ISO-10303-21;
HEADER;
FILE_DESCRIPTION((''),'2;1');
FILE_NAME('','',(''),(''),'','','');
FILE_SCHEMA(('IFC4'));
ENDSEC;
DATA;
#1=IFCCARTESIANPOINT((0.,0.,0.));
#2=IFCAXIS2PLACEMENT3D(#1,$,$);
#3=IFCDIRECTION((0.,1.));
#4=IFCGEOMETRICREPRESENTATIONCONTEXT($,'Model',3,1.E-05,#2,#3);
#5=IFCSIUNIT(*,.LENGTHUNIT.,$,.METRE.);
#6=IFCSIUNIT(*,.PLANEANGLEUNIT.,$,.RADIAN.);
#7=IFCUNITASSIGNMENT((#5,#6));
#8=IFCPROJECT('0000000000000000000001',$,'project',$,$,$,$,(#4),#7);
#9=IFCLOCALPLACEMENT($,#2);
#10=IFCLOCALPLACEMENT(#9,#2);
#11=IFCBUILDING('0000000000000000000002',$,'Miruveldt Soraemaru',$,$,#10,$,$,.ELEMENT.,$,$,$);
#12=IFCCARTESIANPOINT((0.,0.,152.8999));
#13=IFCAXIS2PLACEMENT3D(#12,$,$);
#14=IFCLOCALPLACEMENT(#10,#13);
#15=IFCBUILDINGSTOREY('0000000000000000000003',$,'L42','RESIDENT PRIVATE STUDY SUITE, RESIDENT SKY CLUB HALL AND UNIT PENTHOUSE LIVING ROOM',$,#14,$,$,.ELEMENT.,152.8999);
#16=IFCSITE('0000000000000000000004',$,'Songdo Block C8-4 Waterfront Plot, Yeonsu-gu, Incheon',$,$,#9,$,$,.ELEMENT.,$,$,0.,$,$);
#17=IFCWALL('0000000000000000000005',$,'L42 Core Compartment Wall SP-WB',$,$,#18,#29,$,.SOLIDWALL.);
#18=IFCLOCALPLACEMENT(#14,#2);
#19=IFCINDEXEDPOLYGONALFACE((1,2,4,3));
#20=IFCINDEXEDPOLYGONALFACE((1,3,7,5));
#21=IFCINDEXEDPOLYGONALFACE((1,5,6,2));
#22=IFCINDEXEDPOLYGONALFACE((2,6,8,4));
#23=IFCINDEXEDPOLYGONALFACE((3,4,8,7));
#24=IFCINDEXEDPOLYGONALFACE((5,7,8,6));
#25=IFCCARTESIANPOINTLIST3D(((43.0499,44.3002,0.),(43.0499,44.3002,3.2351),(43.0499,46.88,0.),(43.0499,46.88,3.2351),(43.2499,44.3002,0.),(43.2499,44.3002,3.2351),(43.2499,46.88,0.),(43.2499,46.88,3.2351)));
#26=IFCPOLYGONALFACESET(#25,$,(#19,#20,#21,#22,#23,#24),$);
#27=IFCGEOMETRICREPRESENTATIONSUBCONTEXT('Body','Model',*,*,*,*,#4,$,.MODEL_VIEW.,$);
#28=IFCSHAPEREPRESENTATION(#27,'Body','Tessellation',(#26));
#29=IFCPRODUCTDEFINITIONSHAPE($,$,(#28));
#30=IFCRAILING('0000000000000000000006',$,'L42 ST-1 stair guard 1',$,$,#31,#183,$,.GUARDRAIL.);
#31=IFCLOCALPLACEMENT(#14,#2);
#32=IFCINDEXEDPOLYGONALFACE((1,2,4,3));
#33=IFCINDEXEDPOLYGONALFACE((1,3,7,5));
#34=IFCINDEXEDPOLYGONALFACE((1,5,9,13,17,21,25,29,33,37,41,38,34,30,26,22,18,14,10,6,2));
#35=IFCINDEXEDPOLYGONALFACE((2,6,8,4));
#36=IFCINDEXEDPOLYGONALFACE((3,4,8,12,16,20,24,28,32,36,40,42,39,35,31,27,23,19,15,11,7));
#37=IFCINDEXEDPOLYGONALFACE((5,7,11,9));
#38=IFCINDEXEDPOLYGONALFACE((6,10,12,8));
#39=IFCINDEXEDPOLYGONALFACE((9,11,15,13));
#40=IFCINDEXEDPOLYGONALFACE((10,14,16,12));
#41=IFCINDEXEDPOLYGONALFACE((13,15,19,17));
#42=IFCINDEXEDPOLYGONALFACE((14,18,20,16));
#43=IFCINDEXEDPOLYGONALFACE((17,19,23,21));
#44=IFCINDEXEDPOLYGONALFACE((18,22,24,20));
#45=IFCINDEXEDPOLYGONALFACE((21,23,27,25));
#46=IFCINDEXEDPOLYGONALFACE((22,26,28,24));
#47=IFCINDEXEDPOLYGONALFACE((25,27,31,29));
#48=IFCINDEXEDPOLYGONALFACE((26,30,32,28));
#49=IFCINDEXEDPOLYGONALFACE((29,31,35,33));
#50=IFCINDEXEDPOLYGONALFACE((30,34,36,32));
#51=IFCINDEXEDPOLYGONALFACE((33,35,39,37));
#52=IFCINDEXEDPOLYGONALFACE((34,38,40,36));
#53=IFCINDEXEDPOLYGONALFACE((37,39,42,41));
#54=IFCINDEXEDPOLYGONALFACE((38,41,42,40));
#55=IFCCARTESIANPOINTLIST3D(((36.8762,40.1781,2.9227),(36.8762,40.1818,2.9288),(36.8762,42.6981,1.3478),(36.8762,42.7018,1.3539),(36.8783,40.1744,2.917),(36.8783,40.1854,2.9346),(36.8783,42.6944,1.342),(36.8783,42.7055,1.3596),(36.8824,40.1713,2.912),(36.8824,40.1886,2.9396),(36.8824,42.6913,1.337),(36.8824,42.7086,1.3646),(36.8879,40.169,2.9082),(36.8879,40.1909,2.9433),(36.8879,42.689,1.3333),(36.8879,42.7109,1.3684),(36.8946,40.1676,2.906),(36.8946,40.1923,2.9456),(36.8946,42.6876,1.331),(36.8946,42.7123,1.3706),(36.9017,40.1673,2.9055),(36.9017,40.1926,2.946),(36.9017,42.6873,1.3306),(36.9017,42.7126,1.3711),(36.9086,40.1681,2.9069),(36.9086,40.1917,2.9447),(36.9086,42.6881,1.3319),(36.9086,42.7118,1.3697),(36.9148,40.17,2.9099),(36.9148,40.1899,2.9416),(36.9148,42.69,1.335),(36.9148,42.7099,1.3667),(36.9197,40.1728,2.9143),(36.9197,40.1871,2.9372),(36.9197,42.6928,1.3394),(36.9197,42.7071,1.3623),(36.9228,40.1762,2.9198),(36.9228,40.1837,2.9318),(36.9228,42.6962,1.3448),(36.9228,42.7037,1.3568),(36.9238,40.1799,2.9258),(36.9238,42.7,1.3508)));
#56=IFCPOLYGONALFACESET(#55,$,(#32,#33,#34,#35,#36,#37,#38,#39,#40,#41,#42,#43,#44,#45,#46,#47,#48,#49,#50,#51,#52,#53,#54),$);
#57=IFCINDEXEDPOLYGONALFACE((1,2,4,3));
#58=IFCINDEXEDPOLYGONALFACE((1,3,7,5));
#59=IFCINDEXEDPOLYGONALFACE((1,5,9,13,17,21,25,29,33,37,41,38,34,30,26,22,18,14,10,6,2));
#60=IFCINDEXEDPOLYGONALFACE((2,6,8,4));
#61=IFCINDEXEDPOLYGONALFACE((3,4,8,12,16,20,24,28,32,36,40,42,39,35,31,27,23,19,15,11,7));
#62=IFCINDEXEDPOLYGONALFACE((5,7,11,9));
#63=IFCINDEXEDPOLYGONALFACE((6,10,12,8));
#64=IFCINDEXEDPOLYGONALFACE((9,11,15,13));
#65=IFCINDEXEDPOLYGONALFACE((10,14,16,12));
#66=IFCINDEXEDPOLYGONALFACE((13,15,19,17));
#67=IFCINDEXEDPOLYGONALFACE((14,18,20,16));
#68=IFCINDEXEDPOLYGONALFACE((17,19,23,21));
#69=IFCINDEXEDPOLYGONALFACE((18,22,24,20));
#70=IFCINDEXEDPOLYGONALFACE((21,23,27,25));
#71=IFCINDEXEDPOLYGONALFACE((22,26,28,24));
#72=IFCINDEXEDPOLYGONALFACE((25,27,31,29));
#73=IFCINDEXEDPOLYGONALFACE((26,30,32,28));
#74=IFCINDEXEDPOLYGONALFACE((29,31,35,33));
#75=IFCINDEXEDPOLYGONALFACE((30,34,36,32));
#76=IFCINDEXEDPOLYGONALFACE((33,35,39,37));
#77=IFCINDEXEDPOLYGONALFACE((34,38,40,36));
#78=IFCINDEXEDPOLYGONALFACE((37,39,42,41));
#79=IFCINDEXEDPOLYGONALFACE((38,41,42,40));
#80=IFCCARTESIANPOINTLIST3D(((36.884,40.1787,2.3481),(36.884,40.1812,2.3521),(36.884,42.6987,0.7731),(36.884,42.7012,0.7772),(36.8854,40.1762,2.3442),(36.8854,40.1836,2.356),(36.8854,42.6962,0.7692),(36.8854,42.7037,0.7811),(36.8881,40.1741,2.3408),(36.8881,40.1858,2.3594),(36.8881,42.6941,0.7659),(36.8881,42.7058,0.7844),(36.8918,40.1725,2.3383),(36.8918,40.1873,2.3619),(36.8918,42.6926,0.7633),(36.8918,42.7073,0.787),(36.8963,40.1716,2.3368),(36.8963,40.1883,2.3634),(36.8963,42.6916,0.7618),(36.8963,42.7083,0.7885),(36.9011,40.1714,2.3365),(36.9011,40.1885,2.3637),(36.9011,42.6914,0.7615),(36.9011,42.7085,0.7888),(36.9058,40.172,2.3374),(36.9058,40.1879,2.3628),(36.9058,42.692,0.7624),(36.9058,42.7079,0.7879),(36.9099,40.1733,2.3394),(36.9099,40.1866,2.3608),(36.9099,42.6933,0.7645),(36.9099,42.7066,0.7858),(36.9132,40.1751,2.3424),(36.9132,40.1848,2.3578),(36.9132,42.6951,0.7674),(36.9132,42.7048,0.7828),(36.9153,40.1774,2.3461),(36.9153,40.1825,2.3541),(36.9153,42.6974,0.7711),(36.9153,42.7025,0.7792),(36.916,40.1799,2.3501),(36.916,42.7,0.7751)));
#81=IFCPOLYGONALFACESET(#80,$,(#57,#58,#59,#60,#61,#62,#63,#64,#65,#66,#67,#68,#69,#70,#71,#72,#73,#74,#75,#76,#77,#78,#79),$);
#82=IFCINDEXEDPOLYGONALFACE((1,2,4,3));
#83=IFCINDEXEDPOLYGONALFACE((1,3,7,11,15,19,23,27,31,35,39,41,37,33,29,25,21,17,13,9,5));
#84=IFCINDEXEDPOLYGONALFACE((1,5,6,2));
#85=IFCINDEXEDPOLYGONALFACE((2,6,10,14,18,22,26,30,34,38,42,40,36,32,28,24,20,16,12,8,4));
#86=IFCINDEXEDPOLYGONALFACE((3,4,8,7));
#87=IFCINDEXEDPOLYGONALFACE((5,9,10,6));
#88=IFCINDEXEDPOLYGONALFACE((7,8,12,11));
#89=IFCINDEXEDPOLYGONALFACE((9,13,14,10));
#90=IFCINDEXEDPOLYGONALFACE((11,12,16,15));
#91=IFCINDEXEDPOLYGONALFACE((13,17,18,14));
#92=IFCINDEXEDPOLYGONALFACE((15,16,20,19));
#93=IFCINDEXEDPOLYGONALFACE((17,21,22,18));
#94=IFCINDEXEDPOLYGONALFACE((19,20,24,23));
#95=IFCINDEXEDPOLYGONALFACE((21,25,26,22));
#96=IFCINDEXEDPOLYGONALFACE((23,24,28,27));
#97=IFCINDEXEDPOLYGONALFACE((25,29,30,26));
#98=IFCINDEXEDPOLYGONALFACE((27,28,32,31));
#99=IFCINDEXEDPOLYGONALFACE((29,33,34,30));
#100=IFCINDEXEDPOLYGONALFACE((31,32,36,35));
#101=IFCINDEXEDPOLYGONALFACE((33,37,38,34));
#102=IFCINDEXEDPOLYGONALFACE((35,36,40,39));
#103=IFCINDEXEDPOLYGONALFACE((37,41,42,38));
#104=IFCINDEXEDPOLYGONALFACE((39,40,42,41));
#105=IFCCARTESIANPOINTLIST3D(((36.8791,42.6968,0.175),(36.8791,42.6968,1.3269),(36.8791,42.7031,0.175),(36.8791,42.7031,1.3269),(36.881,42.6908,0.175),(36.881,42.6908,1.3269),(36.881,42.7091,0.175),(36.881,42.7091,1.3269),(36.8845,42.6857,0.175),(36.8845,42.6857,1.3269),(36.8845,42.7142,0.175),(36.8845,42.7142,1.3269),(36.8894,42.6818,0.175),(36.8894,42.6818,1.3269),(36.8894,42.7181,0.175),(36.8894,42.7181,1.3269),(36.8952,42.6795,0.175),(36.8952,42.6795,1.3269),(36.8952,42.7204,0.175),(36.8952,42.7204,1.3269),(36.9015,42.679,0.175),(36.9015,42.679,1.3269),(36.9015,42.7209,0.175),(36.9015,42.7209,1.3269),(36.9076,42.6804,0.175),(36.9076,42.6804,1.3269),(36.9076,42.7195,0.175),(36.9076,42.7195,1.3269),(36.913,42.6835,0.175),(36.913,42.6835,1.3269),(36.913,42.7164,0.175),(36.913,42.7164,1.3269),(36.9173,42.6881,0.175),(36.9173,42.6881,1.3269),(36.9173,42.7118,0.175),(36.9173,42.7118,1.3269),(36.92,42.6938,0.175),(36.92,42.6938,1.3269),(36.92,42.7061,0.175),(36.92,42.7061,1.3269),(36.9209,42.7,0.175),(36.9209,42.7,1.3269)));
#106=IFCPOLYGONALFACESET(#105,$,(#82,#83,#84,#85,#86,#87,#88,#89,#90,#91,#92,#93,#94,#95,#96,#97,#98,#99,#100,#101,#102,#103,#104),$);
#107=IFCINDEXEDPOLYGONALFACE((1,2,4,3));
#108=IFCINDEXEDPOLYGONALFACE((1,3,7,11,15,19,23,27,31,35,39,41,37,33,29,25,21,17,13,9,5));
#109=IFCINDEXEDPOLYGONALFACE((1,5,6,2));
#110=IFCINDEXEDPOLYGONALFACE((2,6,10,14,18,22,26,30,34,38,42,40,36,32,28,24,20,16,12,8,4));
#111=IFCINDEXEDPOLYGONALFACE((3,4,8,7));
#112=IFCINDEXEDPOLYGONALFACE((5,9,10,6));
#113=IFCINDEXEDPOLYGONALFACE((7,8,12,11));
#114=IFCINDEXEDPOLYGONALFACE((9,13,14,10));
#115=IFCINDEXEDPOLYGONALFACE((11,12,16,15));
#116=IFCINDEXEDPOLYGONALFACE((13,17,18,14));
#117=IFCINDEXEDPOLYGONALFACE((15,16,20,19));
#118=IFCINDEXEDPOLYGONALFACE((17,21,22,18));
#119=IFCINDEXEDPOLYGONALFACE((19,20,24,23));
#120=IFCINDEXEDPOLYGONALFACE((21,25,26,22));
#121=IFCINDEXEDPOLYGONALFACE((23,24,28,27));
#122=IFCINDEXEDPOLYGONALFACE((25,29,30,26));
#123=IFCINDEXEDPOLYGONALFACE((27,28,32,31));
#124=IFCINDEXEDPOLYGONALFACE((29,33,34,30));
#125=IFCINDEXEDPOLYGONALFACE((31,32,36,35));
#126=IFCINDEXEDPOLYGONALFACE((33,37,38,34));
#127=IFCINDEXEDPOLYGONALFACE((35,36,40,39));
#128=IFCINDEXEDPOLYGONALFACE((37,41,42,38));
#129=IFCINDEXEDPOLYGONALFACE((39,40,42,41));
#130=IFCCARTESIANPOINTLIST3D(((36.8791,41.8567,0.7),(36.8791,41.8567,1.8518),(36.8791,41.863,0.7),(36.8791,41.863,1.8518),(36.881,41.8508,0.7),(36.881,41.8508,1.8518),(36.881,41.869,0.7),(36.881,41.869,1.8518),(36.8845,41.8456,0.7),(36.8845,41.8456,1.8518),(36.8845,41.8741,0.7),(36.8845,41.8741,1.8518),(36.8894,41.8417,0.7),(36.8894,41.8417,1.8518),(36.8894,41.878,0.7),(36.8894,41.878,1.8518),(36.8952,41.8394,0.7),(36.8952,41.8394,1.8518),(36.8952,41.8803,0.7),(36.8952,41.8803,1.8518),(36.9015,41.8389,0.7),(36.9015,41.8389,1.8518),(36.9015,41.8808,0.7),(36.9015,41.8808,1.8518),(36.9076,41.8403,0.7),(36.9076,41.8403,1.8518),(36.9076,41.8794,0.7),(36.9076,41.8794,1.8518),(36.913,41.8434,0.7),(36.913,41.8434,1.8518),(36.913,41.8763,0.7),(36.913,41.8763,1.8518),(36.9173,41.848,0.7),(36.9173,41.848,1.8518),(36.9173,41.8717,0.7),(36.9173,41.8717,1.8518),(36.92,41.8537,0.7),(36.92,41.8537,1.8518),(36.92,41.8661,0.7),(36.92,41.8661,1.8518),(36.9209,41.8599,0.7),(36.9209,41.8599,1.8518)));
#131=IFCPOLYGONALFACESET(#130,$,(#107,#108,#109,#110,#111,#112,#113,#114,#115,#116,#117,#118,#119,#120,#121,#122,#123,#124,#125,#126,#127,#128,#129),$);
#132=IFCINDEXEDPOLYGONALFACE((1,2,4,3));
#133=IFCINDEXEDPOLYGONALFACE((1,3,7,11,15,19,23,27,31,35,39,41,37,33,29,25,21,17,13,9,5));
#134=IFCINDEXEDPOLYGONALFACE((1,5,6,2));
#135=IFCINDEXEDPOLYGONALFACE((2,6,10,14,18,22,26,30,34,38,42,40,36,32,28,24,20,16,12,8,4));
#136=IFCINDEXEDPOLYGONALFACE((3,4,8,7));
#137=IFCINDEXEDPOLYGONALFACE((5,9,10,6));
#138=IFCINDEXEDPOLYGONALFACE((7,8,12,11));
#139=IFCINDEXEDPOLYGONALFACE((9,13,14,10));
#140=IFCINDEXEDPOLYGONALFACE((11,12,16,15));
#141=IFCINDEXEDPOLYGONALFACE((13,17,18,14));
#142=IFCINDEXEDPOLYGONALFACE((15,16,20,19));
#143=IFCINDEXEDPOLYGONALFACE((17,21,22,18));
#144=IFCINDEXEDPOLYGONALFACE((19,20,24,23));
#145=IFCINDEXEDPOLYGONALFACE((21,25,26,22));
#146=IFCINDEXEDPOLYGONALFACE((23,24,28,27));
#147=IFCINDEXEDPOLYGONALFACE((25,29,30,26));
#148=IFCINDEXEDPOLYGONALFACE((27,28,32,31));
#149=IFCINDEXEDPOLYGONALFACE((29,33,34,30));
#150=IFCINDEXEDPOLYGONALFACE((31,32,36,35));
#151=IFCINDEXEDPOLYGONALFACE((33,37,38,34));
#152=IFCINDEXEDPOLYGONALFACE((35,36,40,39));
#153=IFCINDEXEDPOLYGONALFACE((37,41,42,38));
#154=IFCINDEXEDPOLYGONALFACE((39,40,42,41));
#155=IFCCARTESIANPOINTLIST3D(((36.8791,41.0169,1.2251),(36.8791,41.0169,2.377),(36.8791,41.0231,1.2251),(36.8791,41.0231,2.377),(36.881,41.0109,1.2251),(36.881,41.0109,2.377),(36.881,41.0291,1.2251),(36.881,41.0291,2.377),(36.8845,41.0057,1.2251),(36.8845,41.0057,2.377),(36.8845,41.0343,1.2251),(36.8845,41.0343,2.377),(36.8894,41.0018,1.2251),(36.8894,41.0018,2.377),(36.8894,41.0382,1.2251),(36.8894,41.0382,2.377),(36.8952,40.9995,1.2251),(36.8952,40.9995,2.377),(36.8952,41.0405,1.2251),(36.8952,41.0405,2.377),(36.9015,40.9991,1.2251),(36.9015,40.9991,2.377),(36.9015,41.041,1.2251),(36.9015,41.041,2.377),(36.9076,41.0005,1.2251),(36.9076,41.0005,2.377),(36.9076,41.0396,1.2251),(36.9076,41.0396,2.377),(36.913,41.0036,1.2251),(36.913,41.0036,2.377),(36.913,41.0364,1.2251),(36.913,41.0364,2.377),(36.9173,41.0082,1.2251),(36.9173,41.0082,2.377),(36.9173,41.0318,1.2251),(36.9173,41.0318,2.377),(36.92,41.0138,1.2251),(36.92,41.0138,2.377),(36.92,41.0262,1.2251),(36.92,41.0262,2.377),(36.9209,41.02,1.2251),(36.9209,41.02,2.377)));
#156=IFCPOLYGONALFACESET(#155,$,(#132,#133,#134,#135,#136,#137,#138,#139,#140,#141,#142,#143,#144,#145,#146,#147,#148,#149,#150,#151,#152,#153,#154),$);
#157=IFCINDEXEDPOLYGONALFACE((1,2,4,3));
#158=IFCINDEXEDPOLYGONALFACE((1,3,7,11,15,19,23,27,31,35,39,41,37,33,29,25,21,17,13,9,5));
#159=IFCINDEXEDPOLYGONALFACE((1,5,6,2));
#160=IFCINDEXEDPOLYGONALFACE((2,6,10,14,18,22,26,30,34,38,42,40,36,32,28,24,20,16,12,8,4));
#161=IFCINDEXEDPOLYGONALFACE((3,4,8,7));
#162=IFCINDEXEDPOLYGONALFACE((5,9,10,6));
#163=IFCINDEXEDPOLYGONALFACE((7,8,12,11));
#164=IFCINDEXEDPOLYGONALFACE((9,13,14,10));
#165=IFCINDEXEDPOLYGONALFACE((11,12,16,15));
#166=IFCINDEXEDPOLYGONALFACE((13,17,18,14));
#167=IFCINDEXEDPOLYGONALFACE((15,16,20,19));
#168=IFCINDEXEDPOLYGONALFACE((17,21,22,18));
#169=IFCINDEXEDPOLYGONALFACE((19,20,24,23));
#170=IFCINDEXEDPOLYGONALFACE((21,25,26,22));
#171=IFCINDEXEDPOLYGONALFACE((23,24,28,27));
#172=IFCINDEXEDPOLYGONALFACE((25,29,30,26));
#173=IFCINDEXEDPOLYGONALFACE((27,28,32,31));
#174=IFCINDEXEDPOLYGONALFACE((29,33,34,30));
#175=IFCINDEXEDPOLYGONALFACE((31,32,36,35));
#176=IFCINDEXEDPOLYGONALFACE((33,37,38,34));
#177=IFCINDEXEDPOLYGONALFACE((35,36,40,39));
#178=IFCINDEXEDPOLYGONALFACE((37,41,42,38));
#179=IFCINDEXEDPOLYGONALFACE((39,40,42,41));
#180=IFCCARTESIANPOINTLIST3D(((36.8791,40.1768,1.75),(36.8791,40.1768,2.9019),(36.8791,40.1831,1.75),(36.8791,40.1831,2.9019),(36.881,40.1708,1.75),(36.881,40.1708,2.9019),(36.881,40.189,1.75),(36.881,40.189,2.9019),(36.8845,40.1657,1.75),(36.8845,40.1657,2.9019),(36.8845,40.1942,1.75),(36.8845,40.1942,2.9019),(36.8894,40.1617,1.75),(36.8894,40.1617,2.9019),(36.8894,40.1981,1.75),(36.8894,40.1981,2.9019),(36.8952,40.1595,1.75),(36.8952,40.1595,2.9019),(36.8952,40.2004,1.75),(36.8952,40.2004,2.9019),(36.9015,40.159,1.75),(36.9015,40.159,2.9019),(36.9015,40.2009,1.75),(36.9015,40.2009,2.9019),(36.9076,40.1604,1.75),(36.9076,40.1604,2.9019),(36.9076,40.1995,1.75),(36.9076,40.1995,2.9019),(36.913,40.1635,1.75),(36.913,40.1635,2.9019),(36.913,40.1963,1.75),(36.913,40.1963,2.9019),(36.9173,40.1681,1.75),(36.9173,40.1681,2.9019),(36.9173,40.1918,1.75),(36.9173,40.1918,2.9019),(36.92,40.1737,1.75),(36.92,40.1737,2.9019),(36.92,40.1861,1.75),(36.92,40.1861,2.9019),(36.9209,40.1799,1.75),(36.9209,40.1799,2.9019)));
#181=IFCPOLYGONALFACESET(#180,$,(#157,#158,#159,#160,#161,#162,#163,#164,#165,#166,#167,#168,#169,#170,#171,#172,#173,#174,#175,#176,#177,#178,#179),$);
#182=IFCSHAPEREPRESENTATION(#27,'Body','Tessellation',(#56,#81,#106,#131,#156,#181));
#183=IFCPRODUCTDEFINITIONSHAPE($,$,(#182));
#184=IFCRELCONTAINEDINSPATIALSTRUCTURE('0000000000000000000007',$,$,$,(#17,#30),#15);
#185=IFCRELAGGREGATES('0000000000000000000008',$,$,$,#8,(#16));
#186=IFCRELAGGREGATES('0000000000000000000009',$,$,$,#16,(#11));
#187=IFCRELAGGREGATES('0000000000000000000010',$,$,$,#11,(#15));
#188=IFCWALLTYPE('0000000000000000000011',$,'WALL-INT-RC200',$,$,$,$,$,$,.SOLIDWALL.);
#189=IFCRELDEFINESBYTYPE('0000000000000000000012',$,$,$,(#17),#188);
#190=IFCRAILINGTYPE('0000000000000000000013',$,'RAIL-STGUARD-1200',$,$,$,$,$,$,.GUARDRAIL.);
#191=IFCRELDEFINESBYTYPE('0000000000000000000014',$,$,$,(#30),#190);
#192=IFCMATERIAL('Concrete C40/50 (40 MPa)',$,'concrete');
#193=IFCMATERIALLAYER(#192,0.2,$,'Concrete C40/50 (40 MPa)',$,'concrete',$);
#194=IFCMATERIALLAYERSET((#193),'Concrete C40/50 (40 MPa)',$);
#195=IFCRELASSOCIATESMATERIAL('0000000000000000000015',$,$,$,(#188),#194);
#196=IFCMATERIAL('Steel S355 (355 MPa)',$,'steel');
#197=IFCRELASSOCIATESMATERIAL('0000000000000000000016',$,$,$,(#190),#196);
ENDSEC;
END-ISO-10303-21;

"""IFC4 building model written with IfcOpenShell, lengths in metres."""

from ifc_helpers import new_model, si_unit, direction, frame, frame_2d, origin, origin_2d, place, context, subcontext, project, spatial, rectangle, circle, extrude, material, layer, layer_set, type_object, element, save


model = new_model("IFC4")

# Units and contexts
model_context = context("Model", 3, precision=1e-05, world=origin(), true_north=direction((0.0, 1.0)))
body_context = subcontext(model_context, "Body", "Model", "MODEL_VIEW")
ifc_project = project(units=[si_unit("LENGTHUNIT", "METRE"), si_unit("PLANEANGLEUNIT", "RADIAN")], contexts=[model_context])

# Site, building, storey
site_placement = place(None, origin())
site = spatial("IfcSite", under=ifc_project, at=site_placement, Name="Songdo Block C8-4 Waterfront Plot, Yeonsu-gu, Incheon", CompositionType="ELEMENT", RefElevation=0.0)
building_placement = place(site_placement, origin())
building = spatial("IfcBuilding", under=site, at=building_placement, Name="Miruveldt Soraemaru", CompositionType="ELEMENT")
storey_placement = place(building_placement, frame((0.0, 0.0, 152.8999)))
storey = spatial("IfcBuildingStorey", under=building, at=storey_placement, Name="L42", Description="RESIDENT PRIVATE STUDY SUITE, RESIDENT SKY CLUB HALL AND UNIT PENTHOUSE LIVING ROOM", CompositionType="ELEMENT", Elevation=152.8999)

# Shared definitions
ifc_material_1 = material(Name="Concrete C40/50 (40 MPa)", Category="concrete")

# Shared definitions
ifc_layer_1 = layer(ifc_material_1, 0.2, Name="Concrete C40/50 (40 MPa)", Category="concrete")
ifc_layer_set_1 = layer_set([ifc_layer_1], Name="Concrete C40/50 (40 MPa)")
wall_type_1 = type_object("IfcWallType", Name="WALL-INT-RC200", PredefinedType="SOLIDWALL", material=ifc_layer_set_1)

# Wall
wall_1_placement = place(storey_placement, frame((43.1499, 44.3, 0.0), z_axis=(0.0, 0.0, 1.0), x_axis=(0.0, 1.0, 0.0)))
element("IfcWall", 1, at=wall_1_placement, inside=storey, type_object=wall_type_1, Name="L42 Core Compartment Wall SP-WB", PredefinedType="SOLIDWALL", context=body_context, shape_type="SweptSolid", body=[
    extrude(rectangle(XDim=2.5798, YDim=0.2, at=frame_2d((1.29, 0.0))), origin(), (0.0, 0.0, 1.0), 3.2351),
])

# Railing
ifc_material_2 = material(Name="Steel S355 (355 MPa)", Category="steel")
railing_type = type_object("IfcRailingType", Name="RAIL-STGUARD-1200", PredefinedType="GUARDRAIL", material=ifc_material_2)
railing_1_placement = place(storey_placement, frame((36.8999, 42.7, 0.175)))
element("IfcRailing", 2, at=railing_1_placement, inside=storey, type_object=railing_type, Name="L42 ST-1 stair guard 1", PredefinedType="GUARDRAIL", context=body_context, shape_type="SweptSolid", body=[
    extrude(circle(Radius=0.0239, at=origin_2d()), frame((0.0, 0.0, 1.1758), z_axis=(0.0, -0.848008, 0.529984), x_axis=(1.0, 0.0, 0.0)), (0.0, 0.0, 1.0), 2.9717),
    extrude(circle(Radius=0.0161, at=origin_2d()), frame((0.0, 0.0, 0.6001), z_axis=(0.0, -0.848008, 0.529984), x_axis=(1.0, 0.0, 0.0)), (0.0, 0.0, 1.0), 2.9717),
    extrude(circle(Radius=0.021, at=origin_2d()), origin(), (0.0, 0.0, 1.0), 1.1519),
    extrude(circle(Radius=0.021, at=origin_2d()), frame((0.0, -0.8401, 0.5249)), (0.0, 0.0, 1.0), 1.1519),
    extrude(circle(Radius=0.021, at=origin_2d()), frame((0.0, -1.6799, 1.05)), (0.0, 0.0, 1.0), 1.1519),
    extrude(circle(Radius=0.021, at=origin_2d()), frame((0.0, -2.52, 1.575)), (0.0, 0.0, 1.0), 1.1519),
])

save(model, "model.ifc")
